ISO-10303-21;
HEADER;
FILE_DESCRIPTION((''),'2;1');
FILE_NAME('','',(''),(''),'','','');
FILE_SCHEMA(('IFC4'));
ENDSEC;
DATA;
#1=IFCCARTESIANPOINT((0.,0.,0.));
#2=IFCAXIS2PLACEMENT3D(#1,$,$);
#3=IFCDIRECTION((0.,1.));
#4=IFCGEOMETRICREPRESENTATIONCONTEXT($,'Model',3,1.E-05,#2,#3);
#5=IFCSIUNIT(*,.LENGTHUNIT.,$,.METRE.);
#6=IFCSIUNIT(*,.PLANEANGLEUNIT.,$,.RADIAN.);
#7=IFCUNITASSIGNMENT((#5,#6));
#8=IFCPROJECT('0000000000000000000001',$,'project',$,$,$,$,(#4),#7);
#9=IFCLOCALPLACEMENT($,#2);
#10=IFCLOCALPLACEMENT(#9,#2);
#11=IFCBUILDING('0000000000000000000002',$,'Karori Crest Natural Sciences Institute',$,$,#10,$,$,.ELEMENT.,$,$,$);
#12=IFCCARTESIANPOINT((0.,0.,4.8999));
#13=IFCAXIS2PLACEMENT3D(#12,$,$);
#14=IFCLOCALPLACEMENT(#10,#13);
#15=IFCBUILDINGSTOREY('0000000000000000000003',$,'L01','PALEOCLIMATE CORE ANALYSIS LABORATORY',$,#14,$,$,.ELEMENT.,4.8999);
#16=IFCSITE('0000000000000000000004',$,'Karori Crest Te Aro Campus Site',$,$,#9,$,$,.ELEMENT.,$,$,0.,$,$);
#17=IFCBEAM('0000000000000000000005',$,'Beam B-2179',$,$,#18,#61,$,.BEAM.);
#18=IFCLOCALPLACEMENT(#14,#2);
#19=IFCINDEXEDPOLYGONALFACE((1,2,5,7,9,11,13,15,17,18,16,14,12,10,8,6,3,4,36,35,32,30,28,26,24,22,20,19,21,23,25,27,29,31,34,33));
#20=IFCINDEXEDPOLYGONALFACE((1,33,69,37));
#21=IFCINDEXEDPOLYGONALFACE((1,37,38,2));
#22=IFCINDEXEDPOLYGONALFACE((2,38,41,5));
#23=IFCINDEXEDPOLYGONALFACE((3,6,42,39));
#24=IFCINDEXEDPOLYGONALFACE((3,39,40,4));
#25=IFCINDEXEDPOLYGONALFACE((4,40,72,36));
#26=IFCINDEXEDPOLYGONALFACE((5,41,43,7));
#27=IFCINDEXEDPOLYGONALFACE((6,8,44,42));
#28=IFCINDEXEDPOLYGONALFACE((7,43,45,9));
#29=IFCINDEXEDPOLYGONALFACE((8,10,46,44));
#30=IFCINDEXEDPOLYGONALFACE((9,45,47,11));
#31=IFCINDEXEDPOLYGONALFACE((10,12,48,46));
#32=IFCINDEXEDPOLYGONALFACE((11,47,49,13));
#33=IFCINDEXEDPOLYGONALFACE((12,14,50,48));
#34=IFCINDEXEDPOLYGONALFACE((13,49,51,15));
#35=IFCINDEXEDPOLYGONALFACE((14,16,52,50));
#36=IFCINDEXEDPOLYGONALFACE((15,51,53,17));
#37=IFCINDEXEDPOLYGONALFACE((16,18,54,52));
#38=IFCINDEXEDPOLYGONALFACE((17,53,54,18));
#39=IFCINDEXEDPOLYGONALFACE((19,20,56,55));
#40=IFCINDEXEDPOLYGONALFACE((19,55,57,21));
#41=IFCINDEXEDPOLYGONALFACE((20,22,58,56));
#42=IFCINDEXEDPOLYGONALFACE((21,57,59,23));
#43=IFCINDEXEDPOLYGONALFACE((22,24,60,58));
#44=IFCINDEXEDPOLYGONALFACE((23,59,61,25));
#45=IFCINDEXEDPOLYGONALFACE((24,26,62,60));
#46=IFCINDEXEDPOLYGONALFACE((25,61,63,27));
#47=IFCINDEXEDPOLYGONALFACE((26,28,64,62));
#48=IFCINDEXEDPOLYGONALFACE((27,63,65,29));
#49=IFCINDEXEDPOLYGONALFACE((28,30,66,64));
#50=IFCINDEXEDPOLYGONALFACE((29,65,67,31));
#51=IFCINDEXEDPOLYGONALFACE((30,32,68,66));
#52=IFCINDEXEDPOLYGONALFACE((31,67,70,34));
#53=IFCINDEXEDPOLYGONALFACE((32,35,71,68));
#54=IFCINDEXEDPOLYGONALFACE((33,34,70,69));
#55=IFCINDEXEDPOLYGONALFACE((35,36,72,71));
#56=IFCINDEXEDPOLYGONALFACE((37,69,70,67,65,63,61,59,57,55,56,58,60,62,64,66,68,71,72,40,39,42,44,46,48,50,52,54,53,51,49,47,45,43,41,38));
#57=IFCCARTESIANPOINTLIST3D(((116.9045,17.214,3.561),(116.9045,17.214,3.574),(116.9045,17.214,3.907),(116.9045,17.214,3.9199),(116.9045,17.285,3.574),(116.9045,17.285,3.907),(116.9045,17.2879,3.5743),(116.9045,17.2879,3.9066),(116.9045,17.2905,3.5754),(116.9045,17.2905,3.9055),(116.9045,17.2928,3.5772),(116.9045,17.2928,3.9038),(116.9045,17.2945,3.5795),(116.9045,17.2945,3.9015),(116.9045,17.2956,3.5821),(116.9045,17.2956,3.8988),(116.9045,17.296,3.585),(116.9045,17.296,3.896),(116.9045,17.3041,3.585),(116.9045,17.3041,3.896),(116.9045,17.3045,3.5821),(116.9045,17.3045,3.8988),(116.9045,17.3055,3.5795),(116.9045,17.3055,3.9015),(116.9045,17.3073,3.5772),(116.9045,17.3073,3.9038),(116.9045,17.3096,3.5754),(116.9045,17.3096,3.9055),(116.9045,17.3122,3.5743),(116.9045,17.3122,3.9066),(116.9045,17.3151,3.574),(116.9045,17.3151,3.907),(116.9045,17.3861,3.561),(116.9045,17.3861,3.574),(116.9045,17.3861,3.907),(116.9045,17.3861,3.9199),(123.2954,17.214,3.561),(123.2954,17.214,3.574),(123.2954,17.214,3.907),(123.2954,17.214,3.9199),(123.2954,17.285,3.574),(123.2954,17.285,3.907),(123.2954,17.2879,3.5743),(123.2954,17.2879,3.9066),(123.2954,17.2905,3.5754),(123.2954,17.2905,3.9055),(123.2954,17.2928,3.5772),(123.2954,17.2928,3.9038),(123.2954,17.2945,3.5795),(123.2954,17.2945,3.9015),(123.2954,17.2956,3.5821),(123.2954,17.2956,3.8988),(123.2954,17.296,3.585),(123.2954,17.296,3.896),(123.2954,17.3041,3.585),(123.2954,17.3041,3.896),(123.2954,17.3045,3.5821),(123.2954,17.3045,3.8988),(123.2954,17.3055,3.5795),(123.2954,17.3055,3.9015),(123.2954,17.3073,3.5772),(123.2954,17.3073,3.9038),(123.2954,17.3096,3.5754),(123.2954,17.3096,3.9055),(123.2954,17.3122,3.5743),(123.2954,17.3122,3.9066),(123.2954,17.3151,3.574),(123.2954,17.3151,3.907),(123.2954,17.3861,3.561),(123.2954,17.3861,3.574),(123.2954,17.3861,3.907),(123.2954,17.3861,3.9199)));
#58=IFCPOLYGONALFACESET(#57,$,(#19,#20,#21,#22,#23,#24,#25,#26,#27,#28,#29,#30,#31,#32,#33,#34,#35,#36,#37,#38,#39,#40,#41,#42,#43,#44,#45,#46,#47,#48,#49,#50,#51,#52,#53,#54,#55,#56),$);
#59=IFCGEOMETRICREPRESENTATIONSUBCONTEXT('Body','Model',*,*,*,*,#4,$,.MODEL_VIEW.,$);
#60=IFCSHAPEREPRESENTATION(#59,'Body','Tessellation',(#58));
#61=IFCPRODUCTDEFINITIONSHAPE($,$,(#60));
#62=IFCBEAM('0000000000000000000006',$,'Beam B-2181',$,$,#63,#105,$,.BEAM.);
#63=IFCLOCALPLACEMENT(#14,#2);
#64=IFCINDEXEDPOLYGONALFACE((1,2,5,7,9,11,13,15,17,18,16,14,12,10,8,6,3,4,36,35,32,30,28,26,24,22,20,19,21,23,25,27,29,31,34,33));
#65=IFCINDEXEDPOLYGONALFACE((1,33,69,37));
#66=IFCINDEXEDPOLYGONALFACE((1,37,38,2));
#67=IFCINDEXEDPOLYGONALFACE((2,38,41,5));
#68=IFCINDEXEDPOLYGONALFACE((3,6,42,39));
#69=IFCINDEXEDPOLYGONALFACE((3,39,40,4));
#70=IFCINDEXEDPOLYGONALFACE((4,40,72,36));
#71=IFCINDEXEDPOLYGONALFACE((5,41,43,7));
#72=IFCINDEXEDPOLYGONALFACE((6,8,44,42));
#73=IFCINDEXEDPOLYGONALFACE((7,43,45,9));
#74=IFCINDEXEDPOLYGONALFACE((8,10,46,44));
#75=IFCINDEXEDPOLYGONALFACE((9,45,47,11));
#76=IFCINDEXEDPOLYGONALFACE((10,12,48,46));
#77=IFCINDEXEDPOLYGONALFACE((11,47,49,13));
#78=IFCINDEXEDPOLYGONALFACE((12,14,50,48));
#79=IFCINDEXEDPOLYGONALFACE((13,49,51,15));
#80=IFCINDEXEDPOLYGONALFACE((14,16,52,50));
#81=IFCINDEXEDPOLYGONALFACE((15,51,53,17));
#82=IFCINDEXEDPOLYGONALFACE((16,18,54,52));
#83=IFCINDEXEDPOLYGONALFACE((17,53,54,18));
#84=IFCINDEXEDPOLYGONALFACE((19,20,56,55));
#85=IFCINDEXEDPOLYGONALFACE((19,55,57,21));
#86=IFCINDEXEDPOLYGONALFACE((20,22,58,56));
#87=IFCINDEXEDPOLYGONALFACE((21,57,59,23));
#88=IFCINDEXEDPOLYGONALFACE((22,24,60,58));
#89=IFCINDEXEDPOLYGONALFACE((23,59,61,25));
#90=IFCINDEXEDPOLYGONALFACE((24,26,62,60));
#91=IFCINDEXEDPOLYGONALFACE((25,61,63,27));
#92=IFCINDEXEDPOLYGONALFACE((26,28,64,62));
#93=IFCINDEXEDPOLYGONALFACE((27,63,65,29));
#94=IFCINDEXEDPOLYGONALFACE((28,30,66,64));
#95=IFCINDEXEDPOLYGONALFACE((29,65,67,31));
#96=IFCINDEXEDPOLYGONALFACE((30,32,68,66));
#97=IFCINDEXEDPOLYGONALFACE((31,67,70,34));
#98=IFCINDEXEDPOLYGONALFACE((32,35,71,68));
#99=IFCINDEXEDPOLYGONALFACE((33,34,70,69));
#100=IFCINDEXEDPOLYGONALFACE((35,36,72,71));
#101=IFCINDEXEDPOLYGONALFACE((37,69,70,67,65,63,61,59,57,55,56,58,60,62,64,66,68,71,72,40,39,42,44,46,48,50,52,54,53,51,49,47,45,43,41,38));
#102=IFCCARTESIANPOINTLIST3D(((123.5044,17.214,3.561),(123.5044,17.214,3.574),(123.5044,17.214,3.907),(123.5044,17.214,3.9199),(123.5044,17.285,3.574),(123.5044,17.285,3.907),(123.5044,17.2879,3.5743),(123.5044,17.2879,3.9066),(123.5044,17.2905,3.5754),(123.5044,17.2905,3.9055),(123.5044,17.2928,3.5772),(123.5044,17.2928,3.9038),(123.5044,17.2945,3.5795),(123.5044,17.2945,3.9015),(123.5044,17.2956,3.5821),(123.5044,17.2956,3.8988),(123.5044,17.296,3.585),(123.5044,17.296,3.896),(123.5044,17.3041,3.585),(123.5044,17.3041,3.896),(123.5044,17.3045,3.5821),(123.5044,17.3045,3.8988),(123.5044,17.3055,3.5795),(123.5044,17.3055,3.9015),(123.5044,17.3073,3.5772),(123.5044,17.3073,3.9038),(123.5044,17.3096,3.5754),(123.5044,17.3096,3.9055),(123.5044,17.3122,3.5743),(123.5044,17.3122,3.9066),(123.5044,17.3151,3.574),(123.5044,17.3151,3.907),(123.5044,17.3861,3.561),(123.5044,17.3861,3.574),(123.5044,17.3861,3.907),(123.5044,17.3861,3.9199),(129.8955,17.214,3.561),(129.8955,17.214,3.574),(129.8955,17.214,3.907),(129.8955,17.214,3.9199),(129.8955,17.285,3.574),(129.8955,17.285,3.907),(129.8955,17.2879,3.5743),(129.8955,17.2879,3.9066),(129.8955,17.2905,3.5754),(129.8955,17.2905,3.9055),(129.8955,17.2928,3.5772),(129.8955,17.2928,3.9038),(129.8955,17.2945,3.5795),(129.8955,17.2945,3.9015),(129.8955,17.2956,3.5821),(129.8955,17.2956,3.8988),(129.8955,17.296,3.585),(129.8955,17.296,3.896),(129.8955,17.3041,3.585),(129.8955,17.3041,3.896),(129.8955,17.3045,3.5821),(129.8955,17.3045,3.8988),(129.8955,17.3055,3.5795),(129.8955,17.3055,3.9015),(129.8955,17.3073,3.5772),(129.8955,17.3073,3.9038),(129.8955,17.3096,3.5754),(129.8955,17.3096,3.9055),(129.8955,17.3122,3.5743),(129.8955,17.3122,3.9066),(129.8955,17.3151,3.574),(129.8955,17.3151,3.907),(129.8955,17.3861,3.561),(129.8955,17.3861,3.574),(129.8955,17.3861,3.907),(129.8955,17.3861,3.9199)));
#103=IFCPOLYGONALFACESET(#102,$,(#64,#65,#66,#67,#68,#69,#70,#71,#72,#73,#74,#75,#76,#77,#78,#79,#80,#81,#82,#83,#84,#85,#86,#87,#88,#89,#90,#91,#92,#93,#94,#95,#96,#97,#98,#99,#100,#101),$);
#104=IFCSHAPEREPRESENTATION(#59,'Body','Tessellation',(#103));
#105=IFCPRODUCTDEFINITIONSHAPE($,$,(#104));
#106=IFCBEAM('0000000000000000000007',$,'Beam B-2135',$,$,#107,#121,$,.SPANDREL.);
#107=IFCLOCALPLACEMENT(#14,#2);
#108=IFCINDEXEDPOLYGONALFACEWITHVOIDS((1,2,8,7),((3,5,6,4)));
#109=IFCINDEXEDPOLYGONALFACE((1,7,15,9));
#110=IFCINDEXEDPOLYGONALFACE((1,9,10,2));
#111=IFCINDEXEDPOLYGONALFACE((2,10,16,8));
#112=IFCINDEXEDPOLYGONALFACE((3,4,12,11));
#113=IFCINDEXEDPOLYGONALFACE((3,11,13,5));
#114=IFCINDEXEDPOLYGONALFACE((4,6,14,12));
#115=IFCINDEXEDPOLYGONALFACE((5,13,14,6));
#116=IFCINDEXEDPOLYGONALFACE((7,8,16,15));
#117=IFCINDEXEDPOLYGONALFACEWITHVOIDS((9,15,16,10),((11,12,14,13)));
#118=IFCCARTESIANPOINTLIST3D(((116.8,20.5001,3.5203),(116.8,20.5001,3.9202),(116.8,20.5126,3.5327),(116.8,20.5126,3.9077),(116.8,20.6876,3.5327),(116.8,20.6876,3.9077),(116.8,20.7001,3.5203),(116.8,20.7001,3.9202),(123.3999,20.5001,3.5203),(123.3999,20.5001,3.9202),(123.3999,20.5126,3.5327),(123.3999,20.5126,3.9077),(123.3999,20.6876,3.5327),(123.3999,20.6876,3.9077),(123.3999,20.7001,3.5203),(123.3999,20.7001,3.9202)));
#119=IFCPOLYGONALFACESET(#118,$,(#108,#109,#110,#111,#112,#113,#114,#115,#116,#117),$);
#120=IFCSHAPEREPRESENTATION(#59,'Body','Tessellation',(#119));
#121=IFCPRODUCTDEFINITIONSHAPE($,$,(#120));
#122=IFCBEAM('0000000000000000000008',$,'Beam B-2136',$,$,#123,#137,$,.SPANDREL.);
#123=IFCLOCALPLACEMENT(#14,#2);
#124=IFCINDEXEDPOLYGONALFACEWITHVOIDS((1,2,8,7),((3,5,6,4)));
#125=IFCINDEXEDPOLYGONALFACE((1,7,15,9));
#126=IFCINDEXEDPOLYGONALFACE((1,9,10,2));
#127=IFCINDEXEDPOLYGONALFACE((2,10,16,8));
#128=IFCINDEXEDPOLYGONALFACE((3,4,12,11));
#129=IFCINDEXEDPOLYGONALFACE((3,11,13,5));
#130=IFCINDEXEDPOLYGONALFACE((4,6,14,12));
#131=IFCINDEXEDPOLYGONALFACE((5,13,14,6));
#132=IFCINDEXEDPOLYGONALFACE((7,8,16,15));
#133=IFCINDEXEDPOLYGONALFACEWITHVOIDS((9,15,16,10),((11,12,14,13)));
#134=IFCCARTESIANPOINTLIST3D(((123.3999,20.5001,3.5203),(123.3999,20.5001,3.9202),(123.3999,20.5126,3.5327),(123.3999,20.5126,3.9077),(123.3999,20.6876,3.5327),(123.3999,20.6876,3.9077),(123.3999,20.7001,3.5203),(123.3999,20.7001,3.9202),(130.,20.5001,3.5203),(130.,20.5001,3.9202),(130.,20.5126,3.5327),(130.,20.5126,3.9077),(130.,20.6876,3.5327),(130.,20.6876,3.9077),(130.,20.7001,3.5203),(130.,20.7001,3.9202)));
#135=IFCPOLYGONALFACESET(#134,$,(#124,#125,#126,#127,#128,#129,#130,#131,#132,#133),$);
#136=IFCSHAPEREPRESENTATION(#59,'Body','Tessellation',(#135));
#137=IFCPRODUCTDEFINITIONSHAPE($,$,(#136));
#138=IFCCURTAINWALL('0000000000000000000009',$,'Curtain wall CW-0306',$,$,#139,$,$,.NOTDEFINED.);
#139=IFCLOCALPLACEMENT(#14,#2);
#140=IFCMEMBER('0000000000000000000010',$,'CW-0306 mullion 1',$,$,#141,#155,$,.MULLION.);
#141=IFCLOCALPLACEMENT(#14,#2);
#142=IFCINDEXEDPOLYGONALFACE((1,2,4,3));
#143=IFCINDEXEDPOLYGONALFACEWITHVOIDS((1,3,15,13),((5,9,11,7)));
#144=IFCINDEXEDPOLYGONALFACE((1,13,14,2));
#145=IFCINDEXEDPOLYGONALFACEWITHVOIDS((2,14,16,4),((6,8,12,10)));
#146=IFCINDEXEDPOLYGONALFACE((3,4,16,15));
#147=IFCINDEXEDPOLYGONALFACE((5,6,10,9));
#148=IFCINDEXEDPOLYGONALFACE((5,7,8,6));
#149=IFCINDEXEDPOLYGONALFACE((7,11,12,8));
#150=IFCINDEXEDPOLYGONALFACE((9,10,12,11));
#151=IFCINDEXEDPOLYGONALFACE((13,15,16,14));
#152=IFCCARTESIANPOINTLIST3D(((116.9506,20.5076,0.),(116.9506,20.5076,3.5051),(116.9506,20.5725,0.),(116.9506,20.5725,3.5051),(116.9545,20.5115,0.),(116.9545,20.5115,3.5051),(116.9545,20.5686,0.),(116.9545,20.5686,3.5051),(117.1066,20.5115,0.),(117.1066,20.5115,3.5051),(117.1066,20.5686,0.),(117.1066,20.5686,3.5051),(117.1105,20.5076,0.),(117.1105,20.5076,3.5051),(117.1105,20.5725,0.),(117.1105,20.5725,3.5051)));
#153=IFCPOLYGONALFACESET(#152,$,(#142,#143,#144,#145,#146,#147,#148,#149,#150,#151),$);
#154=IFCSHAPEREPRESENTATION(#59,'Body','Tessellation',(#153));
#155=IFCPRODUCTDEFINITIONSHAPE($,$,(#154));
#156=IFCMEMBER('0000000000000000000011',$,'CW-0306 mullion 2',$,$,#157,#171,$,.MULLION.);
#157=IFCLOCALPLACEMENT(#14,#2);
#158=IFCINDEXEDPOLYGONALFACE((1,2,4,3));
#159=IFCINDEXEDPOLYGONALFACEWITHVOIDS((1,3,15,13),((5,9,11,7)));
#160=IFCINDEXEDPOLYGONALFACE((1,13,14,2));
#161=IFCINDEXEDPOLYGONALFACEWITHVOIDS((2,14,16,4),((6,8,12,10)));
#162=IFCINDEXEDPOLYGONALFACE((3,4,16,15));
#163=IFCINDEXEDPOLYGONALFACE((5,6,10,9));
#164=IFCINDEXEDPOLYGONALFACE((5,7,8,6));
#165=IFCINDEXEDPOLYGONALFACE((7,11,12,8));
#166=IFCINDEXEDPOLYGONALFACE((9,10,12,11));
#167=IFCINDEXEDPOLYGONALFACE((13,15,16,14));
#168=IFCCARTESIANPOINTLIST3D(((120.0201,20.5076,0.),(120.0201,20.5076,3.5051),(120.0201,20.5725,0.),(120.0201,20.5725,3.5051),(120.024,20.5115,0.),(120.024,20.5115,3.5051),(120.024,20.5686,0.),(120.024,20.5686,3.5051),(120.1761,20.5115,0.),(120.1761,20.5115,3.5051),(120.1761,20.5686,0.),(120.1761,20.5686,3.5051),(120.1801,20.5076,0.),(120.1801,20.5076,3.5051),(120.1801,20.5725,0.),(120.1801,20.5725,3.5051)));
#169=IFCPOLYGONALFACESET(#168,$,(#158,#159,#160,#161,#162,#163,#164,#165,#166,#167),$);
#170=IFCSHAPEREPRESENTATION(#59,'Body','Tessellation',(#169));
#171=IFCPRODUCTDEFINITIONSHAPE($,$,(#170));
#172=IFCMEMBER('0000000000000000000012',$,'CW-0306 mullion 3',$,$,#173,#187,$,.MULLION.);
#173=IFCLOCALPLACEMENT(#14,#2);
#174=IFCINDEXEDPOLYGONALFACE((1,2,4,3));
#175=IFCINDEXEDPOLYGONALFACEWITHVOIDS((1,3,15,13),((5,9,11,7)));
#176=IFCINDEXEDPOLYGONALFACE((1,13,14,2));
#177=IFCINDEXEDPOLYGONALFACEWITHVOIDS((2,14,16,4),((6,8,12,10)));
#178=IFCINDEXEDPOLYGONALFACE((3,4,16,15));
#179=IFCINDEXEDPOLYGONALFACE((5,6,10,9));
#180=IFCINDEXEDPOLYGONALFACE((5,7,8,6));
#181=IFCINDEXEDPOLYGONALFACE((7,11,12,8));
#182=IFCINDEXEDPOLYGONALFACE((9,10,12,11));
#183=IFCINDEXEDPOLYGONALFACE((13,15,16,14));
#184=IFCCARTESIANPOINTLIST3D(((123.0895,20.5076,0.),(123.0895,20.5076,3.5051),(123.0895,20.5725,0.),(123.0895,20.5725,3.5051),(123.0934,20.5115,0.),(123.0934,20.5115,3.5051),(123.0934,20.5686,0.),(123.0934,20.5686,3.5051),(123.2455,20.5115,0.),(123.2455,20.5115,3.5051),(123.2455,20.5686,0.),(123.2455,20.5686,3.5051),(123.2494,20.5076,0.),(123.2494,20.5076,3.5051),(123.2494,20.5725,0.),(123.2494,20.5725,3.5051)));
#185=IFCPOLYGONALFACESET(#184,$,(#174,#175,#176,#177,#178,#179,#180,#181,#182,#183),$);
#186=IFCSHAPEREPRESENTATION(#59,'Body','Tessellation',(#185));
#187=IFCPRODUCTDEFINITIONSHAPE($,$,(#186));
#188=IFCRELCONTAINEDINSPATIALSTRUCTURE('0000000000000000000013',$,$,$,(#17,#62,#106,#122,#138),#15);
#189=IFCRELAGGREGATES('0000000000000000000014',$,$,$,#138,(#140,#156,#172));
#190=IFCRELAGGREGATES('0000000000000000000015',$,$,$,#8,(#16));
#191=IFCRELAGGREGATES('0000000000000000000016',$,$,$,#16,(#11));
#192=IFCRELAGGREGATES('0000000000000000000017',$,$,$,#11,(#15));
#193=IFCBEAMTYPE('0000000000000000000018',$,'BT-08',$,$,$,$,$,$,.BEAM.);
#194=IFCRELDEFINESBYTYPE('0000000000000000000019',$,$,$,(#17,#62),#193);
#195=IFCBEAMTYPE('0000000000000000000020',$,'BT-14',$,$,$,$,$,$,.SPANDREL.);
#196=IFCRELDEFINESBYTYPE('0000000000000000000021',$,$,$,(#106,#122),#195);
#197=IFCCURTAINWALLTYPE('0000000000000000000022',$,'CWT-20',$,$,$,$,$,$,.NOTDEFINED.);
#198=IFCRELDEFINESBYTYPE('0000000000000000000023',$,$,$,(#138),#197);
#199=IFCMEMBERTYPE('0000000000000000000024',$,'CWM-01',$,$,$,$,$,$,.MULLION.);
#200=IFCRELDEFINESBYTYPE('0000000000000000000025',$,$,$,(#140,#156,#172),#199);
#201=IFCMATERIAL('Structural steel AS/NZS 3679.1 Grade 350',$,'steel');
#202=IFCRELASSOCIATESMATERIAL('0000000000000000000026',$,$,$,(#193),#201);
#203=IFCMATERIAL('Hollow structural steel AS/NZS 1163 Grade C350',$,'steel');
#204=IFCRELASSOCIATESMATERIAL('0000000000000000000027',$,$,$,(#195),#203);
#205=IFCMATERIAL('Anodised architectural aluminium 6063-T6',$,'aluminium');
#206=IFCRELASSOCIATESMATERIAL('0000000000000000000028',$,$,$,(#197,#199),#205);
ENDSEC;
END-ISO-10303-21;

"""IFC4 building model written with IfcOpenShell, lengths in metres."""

from ifc_helpers import new_model, si_unit, direction, frame, origin, origin_2d, place, context, subcontext, project, spatial, hollow_rectangle, i_section, extrude, material, material_profile, profile_set, type_object, element, aggregate, save


model = new_model("IFC4")

# Units and contexts
model_context = context("Model", 3, precision=1e-05, world=origin(), true_north=direction((0.0, 1.0)))
body_context = subcontext(model_context, "Body", "Model", "MODEL_VIEW")
ifc_project = project(units=[si_unit("LENGTHUNIT", "METRE"), si_unit("PLANEANGLEUNIT", "RADIAN")], contexts=[model_context])

# Site, building, storey
site_placement = place(None, origin())
site = spatial("IfcSite", under=ifc_project, at=site_placement, Name="Karori Crest Te Aro Campus Site", CompositionType="ELEMENT", RefElevation=0.0)
building_placement = place(site_placement, origin())
building = spatial("IfcBuilding", under=site, at=building_placement, Name="Karori Crest Natural Sciences Institute", CompositionType="ELEMENT")
storey_placement = place(building_placement, frame((0.0, 0.0, 4.8999)))
storey = spatial("IfcBuildingStorey", under=building, at=storey_placement, Name="L01", Description="PALEOCLIMATE CORE ANALYSIS LABORATORY", CompositionType="ELEMENT", Elevation=4.8999)

# Shared definitions
ifc_material_1 = material(Name="Structural steel AS/NZS 3679.1 Grade 350", Category="steel")

# Beams
ifc_material_profile_1 = material_profile(ifc_material_1, i_section(OverallWidth=0.1721, OverallDepth=0.3589, WebThickness=0.0081, FlangeThickness=0.0129, FilletRadius=0.011, at=origin_2d()), Name="360UB56.7")
ifc_profile_set_1 = profile_set([ifc_material_profile_1], Name="Structural steel AS/NZS 3679.1 Grade 350")
beam_type_1 = type_object("IfcBeamType", Name="BT-08", PredefinedType="BEAM", material=ifc_profile_set_1)
beam_1_placement = place(storey_placement, frame((116.9045, 17.3, 3.7405), z_axis=(1.0, 0.0, 0.0), x_axis=(0.0, 1.0, 0.0)))
element("IfcBeam", 1, at=beam_1_placement, inside=storey, type_object=beam_type_1, Name="Beam B-2179", PredefinedType="BEAM", context=body_context, shape_type="SweptSolid", body=[
    extrude(i_section(OverallWidth=0.1721, OverallDepth=0.3589, WebThickness=0.0081, FlangeThickness=0.0129, FilletRadius=0.011, at=origin_2d()), origin(), (0.0, 0.0, 1.0), 6.3909),
])
beam_2_placement = place(storey_placement, frame((123.5044, 17.3, 3.7405), z_axis=(1.0, 0.0, 0.0), x_axis=(0.0, 1.0, 0.0)))
element("IfcBeam", 2, at=beam_2_placement, inside=storey, type_object=beam_type_1, Name="Beam B-2181", PredefinedType="BEAM", context=body_context, shape_type="SweptSolid", body=[
    extrude(i_section(OverallWidth=0.1721, OverallDepth=0.3589, WebThickness=0.0081, FlangeThickness=0.0129, FilletRadius=0.011, at=origin_2d()), origin(), (0.0, 0.0, 1.0), 6.3911),
])
ifc_material_2 = material(Name="Hollow structural steel AS/NZS 1163 Grade C350", Category="steel")
ifc_material_profile_2 = material_profile(ifc_material_2, hollow_rectangle(XDim=0.2, YDim=0.3999, WallThickness=0.0125, at=origin_2d()), Name="RHS400x200x12.5")
ifc_profile_set_2 = profile_set([ifc_material_profile_2], Name="Hollow structural steel AS/NZS 1163 Grade C350")
beam_type_2 = type_object("IfcBeamType", Name="BT-14", PredefinedType="SPANDREL", material=ifc_profile_set_2)
beam_3_placement = place(storey_placement, frame((116.8, 20.6001, 3.7202), z_axis=(1.0, 0.0, 0.0), x_axis=(0.0, 1.0, 0.0)))
element("IfcBeam", 3, at=beam_3_placement, inside=storey, type_object=beam_type_2, Name="Beam B-2135", PredefinedType="SPANDREL", context=body_context, shape_type="SweptSolid", body=[
    extrude(hollow_rectangle(XDim=0.2, YDim=0.3999, WallThickness=0.0125, at=origin_2d()), origin(), (0.0, 0.0, 1.0), 6.5999),
])
beam_4_placement = place(storey_placement, frame((123.3999, 20.6001, 3.7202), z_axis=(1.0, 0.0, 0.0), x_axis=(0.0, 1.0, 0.0)))
element("IfcBeam", 4, at=beam_4_placement, inside=storey, type_object=beam_type_2, Name="Beam B-2136", PredefinedType="SPANDREL", context=body_context, shape_type="SweptSolid", body=[
    extrude(hollow_rectangle(XDim=0.2, YDim=0.3999, WallThickness=0.0125, at=origin_2d()), origin(), (0.0, 0.0, 1.0), 6.6001),
])

# Curtain wall, members
ifc_material_3 = material(Name="Anodised architectural aluminium 6063-T6", Category="aluminium")
curtain_wall_type = type_object("IfcCurtainWallType", Name="CWT-20", PredefinedType="NOTDEFINED", material=ifc_material_3)
curtain_wall_1_placement = place(storey_placement, origin())
curtain_wall_1 = element("IfcCurtainWall", 5, at=curtain_wall_1_placement, inside=storey, type_object=curtain_wall_type, Name="Curtain wall CW-0306", PredefinedType="NOTDEFINED")
ifc_material_profile_3 = material_profile(ifc_material_3, hollow_rectangle(XDim=0.0649, YDim=0.1599, WallThickness=0.0039, at=origin_2d()), Name="CWM160x65x4")
ifc_profile_set_3 = profile_set([ifc_material_profile_3], Name="Anodised architectural aluminium 6063-T6")
member_type_1 = type_object("IfcMemberType", Name="CWM-01", PredefinedType="MULLION", material=ifc_profile_set_3)
member_1_placement = place(storey_placement, frame((117.0305, 20.54, 0.0), z_axis=(0.0, 0.0, 1.0), x_axis=(0.0, 1.0, 0.0)))
member_1 = element("IfcMember", 6, at=member_1_placement, type_object=member_type_1, Name="CW-0306 mullion 1", PredefinedType="MULLION", context=body_context, shape_type="SweptSolid", body=[
    extrude(hollow_rectangle(XDim=0.0649, YDim=0.1599, WallThickness=0.0039, at=origin_2d()), origin(), (0.0, 0.0, 1.0), 3.5051),
])
member_2_placement = place(storey_placement, frame((120.1001, 20.54, 0.0), z_axis=(0.0, 0.0, 1.0), x_axis=(0.0, 1.0, 0.0)))
member_2 = element("IfcMember", 7, at=member_2_placement, type_object=member_type_1, Name="CW-0306 mullion 2", PredefinedType="MULLION", context=body_context, shape_type="SweptSolid", body=[
    extrude(hollow_rectangle(XDim=0.0649, YDim=0.1599, WallThickness=0.0039, at=origin_2d()), origin(), (0.0, 0.0, 1.0), 3.5051),
])
member_3_placement = place(storey_placement, frame((123.1694, 20.54, 0.0), z_axis=(0.0, 0.0, 1.0), x_axis=(0.0, 1.0, 0.0)))
member_3 = element("IfcMember", 8, at=member_3_placement, type_object=member_type_1, Name="CW-0306 mullion 3", PredefinedType="MULLION", context=body_context, shape_type="SweptSolid", body=[
    extrude(hollow_rectangle(XDim=0.0649, YDim=0.1599, WallThickness=0.0039, at=origin_2d()), origin(), (0.0, 0.0, 1.0), 3.5051),
])

aggregate(curtain_wall_1, [member_1, member_2, member_3])

save(model, "model.ifc")
